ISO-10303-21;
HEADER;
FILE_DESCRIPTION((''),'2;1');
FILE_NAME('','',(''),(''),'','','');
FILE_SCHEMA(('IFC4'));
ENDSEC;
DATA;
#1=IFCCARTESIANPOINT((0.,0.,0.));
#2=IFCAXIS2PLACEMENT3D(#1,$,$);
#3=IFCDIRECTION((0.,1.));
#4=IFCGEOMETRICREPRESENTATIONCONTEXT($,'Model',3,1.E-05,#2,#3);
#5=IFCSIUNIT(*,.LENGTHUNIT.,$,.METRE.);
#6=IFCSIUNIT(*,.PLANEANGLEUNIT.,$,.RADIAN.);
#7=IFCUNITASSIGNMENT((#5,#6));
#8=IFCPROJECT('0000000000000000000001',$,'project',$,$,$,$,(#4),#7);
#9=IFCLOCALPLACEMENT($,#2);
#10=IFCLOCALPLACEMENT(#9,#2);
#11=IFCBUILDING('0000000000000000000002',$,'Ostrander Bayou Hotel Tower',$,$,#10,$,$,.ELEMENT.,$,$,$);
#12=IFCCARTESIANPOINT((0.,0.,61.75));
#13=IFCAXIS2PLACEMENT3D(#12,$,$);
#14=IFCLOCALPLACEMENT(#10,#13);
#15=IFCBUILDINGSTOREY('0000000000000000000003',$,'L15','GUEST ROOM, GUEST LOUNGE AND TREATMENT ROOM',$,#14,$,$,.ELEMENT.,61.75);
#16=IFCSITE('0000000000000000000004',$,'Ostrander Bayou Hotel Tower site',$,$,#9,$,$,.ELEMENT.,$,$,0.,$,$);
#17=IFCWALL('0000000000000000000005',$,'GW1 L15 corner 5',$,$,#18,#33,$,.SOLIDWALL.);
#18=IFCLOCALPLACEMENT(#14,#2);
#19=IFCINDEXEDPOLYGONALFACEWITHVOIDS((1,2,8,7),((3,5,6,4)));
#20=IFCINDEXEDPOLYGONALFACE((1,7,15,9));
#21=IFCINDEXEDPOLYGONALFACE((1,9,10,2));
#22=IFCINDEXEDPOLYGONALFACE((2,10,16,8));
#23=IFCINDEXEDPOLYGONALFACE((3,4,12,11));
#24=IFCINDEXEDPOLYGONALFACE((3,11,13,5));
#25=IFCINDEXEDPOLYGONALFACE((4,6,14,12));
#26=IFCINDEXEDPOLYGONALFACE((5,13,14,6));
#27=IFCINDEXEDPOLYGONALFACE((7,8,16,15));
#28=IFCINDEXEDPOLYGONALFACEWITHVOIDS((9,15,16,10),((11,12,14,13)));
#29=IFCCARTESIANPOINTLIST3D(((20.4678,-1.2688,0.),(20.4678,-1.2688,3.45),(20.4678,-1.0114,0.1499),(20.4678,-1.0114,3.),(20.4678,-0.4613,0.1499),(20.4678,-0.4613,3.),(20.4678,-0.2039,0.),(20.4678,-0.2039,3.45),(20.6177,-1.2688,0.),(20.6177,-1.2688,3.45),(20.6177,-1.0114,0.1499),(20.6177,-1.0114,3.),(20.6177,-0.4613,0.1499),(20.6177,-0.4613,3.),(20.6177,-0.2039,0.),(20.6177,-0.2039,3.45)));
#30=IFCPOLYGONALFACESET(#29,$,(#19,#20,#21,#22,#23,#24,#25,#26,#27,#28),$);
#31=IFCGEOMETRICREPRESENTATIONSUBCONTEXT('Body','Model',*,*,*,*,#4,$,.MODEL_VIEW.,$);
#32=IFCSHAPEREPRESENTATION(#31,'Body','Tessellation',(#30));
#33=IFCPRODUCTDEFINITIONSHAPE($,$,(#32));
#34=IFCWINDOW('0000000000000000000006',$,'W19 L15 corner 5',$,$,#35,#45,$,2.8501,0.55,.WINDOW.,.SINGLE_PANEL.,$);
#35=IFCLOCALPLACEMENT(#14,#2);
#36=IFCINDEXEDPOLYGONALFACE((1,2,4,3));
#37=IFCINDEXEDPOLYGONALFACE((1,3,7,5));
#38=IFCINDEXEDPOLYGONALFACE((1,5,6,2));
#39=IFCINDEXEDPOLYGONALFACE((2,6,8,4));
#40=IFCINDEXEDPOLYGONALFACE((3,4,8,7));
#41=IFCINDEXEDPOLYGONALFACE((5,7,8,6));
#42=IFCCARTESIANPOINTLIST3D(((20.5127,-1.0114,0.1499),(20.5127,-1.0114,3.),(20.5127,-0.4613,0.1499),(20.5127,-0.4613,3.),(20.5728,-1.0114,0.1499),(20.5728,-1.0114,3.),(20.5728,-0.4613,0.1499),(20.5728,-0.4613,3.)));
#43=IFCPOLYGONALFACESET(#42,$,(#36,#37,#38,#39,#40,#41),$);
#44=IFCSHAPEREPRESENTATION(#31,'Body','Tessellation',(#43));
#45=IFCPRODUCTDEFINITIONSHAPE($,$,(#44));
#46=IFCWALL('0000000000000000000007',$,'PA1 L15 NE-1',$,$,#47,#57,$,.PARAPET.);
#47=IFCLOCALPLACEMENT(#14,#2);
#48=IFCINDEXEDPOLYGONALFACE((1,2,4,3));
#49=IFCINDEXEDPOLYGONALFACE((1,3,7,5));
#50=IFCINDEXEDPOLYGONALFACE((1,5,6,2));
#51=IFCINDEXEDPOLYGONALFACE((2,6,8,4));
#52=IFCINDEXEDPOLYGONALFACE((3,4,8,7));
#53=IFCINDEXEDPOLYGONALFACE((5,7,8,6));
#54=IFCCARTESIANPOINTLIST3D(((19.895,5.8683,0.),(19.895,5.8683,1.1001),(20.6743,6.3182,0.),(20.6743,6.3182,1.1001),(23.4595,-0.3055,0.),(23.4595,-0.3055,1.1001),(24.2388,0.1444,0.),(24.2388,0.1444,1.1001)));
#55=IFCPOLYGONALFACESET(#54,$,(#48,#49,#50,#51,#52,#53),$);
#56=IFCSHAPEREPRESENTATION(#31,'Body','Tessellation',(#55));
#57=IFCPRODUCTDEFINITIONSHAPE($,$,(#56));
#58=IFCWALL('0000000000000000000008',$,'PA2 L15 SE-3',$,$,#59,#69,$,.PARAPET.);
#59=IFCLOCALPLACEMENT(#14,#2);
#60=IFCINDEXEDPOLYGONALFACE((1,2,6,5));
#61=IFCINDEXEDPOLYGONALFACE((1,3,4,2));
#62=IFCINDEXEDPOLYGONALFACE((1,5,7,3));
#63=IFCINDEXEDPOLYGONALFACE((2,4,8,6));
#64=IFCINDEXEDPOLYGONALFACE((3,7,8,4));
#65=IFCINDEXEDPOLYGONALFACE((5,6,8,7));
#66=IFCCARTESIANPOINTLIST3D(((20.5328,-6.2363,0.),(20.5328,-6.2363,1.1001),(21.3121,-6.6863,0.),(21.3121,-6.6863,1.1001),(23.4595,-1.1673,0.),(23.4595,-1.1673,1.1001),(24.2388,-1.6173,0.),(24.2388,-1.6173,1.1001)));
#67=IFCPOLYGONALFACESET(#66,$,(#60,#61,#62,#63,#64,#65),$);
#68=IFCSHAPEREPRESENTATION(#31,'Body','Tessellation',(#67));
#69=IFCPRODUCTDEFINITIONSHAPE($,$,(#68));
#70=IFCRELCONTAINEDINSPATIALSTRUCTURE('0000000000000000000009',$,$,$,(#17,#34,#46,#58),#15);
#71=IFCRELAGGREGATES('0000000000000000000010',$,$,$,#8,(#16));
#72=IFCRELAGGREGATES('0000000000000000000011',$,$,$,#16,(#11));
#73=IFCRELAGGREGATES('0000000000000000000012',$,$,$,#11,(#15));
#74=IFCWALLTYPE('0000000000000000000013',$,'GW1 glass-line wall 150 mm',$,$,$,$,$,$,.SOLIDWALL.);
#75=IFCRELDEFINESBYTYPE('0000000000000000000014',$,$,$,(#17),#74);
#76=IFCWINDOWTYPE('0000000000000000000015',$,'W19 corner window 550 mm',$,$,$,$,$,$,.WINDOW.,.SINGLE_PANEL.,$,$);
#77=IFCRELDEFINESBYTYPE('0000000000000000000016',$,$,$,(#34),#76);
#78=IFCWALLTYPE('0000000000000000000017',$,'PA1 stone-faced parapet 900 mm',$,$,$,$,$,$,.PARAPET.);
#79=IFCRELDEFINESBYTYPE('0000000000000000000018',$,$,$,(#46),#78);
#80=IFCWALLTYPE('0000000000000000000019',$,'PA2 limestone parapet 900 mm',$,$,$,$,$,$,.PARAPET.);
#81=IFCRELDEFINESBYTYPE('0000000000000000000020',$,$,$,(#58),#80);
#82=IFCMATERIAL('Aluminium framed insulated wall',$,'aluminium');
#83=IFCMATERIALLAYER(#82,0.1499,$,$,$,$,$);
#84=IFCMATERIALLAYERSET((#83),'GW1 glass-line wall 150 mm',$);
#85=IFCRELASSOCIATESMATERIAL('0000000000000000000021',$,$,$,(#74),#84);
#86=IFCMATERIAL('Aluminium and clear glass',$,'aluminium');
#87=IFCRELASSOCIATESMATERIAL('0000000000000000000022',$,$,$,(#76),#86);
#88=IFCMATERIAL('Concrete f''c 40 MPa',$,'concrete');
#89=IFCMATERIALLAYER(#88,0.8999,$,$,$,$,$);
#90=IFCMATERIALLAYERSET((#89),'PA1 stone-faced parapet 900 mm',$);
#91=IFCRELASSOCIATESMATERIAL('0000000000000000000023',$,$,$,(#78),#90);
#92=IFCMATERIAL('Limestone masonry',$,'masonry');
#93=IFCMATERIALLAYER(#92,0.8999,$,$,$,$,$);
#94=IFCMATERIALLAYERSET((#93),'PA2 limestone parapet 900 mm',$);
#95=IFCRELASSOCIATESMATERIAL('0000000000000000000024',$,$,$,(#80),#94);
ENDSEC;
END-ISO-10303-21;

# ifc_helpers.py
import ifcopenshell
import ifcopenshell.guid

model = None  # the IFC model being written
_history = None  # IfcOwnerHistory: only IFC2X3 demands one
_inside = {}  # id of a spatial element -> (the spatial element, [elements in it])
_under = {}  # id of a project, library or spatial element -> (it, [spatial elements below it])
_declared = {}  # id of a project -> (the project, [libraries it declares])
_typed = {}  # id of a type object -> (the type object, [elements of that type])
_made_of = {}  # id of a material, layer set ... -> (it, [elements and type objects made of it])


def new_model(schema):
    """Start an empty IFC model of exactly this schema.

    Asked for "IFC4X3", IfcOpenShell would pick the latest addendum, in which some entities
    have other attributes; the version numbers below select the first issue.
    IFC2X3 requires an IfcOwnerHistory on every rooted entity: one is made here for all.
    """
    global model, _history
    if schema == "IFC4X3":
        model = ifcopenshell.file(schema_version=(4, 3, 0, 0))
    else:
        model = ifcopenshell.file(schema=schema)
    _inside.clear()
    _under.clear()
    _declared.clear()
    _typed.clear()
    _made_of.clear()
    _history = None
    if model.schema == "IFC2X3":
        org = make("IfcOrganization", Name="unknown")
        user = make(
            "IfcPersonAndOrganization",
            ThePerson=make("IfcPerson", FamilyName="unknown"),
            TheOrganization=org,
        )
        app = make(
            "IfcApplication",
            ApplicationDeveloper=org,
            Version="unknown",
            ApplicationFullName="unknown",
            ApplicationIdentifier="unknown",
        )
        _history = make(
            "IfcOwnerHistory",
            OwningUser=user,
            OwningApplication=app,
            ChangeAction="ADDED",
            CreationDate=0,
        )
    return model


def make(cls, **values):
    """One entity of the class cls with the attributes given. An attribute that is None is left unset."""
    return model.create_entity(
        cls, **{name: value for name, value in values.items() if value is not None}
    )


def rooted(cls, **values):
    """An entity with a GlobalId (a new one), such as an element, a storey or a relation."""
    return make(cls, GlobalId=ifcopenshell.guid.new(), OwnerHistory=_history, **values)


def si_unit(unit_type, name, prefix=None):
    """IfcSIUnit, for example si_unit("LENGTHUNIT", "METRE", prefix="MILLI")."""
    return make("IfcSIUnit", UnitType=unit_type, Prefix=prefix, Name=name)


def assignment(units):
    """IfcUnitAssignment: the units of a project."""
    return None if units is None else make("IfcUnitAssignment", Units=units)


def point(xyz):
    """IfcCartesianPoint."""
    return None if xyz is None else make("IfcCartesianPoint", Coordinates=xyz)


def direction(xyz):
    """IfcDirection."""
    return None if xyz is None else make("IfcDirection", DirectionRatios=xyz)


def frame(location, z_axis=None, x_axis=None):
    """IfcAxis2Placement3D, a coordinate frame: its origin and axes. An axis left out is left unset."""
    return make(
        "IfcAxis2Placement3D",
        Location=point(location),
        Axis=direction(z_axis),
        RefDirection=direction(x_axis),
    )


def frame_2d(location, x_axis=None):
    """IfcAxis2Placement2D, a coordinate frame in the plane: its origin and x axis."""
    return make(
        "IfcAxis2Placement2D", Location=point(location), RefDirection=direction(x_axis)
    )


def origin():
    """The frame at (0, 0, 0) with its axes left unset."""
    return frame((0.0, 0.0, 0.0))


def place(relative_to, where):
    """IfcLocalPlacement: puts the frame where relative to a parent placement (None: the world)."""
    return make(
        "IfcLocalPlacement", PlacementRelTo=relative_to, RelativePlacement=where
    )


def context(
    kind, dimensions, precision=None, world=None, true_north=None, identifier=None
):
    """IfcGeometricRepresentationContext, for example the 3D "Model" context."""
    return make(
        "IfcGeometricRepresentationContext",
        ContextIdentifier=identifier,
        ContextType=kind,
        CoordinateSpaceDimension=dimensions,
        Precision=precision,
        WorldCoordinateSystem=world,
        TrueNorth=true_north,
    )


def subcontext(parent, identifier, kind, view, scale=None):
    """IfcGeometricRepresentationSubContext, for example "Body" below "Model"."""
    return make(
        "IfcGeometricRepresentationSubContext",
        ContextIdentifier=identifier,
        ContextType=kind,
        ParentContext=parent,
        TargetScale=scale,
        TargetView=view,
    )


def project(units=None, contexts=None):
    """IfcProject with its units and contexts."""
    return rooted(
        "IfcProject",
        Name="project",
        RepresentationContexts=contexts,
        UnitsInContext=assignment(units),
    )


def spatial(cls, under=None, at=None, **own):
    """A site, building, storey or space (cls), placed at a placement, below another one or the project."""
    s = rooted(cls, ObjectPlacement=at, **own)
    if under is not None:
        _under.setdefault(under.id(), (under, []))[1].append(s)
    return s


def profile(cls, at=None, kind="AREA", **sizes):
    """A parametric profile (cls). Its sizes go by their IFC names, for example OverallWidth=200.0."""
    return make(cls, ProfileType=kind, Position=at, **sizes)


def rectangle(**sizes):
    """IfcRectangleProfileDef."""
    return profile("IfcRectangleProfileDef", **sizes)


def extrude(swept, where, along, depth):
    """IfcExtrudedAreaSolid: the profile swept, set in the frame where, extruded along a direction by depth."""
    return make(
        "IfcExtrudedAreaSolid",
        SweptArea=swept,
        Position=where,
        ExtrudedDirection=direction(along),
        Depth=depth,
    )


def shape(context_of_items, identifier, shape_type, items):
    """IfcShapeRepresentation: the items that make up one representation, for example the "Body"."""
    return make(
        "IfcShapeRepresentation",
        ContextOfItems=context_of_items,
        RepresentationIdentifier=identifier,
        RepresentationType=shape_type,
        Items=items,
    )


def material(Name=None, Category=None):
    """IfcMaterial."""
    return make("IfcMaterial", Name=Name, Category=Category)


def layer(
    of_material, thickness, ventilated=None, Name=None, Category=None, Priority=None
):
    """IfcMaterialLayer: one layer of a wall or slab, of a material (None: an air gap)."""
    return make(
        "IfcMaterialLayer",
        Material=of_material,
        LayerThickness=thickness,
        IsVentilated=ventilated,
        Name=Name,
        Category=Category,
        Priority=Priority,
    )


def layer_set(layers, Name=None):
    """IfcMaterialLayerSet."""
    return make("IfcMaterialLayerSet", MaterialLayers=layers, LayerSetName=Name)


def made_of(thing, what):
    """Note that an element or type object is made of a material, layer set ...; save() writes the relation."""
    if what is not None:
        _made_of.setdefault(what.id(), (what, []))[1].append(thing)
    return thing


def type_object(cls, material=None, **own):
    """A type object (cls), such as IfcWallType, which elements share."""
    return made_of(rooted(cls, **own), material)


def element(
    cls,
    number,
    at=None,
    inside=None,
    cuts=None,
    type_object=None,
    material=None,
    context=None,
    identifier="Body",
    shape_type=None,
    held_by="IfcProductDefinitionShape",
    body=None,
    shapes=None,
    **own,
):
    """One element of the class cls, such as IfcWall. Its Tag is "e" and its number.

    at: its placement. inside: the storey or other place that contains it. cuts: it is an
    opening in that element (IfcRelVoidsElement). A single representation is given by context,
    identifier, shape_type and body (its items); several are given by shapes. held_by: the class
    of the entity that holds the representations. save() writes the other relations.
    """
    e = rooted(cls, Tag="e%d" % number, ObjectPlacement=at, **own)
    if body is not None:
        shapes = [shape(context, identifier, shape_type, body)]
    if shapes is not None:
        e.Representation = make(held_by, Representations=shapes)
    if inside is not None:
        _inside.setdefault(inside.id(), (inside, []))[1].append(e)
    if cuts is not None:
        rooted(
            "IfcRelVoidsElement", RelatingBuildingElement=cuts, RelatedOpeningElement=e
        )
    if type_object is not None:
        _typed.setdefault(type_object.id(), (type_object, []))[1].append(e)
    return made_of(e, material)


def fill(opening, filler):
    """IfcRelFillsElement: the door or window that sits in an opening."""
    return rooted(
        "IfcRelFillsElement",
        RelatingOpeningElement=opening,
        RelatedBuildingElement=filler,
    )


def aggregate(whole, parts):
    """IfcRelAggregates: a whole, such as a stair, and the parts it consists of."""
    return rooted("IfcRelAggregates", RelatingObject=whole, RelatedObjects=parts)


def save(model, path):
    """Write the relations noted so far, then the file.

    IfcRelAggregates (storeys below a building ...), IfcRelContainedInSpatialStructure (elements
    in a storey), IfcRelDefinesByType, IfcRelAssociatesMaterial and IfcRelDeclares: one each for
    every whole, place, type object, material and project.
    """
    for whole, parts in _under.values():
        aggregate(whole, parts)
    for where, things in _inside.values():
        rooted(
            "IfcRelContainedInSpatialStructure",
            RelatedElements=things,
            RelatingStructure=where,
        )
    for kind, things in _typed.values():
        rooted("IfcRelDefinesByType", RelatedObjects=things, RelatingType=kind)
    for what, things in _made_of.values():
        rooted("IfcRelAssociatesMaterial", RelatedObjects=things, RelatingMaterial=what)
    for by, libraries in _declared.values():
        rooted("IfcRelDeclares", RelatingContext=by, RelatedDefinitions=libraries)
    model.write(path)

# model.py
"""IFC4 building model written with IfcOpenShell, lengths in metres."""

from ifc_helpers import new_model, si_unit, direction, frame, frame_2d, origin, place, context, subcontext, project, spatial, rectangle, extrude, material, layer, layer_set, type_object, element, fill, save


model = new_model("IFC4")

# Units and contexts
model_context = context("Model", 3, precision=1e-05, world=origin(), true_north=direction((0.0, 1.0)))
body_context = subcontext(model_context, "Body", "Model", "MODEL_VIEW")
ifc_project = project(units=[si_unit("LENGTHUNIT", "METRE"), si_unit("PLANEANGLEUNIT", "RADIAN")], contexts=[model_context])

# Site, building, storey
site_placement = place(None, origin())
site = spatial("IfcSite", under=ifc_project, at=site_placement, Name="Ostrander Bayou Hotel Tower site", CompositionType="ELEMENT", RefElevation=0.0)
building_placement = place(site_placement, origin())
building = spatial("IfcBuilding", under=site, at=building_placement, Name="Ostrander Bayou Hotel Tower", CompositionType="ELEMENT")
storey_placement = place(building_placement, frame((0.0, 0.0, 61.75)))
storey = spatial("IfcBuildingStorey", under=building, at=storey_placement, Name="L15", Description="GUEST ROOM, GUEST LOUNGE AND TREATMENT ROOM", CompositionType="ELEMENT", Elevation=61.75)

# Shared definitions
ifc_material_1 = material(Name="Aluminium framed insulated wall", Category="aluminium")
ifc_layer_1 = layer(ifc_material_1, 0.1499)
ifc_layer_set_1 = layer_set([ifc_layer_1], Name="GW1 glass-line wall 150 mm")
wall_type_1 = type_object("IfcWallType", Name="GW1 glass-line wall 150 mm", PredefinedType="SOLIDWALL", material=ifc_layer_set_1)

# Wall, opening, window
wall_1_placement = place(storey_placement, frame((20.5427, -1.2688, 0.0), z_axis=(0.0, 0.0, 1.0), x_axis=(0.0, 1.0, 0.0)))
wall_1 = element("IfcWall", 1, at=wall_1_placement, inside=storey, type_object=wall_type_1, Name="GW1 L15 corner 5", PredefinedType="SOLIDWALL", context=body_context, shape_type="SweptSolid", body=[
    extrude(rectangle(XDim=1.0649, YDim=0.1499, at=frame_2d((0.5325, 0.0))), origin(), (0.0, 0.0, 1.0), 3.45),
])
opening_1_placement = place(wall_1_placement, frame((0.2576, 0.0, 0.1499)))
opening_1 = element("IfcOpeningElement", 2, at=opening_1_placement, cuts=wall_1, PredefinedType="OPENING", context=body_context, shape_type="SweptSolid", body=[
    extrude(rectangle(XDim=0.55, YDim=2.8501, at=frame_2d((0.2749, 1.425))), frame((0.0, 0.075, 0.0), z_axis=(0.0, -1.0, 0.0), x_axis=(1.0, 0.0, 0.0)), (0.0, 0.0, 1.0), 0.1499),
])
ifc_material_2 = material(Name="Aluminium and clear glass", Category="aluminium")
window_type_1 = type_object("IfcWindowType", Name="W19 corner window 550 mm", PartitioningType="SINGLE_PANEL", PredefinedType="WINDOW", material=ifc_material_2)
window_1_placement = place(opening_1_placement, origin())
window_1 = element("IfcWindow", 3, at=window_1_placement, inside=storey, type_object=window_type_1, Name="W19 L15 corner 5", OverallHeight=2.8501, OverallWidth=0.55, PartitioningType="SINGLE_PANEL", PredefinedType="WINDOW", context=body_context, shape_type="SweptSolid", body=[
    extrude(rectangle(XDim=0.55, YDim=2.8501, at=frame_2d((0.2749, 1.425))), frame((0.0, 0.03, 0.0), z_axis=(0.0, -1.0, 0.0), x_axis=(1.0, 0.0, 0.0)), (0.0, 0.0, 1.0), 0.0601),
])
fill(opening_1, window_1)

# Walls
ifc_material_3 = material(Name="Concrete f'c 40 MPa", Category="concrete")
ifc_layer_2 = layer(ifc_material_3, 0.8999)
ifc_layer_set_2 = layer_set([ifc_layer_2], Name="PA1 stone-faced parapet 900 mm")
wall_type_2 = type_object("IfcWallType", Name="PA1 stone-faced parapet 900 mm", PredefinedType="PARAPET", material=ifc_layer_set_2)
wall_2_placement = place(storey_placement, frame((23.8491, -0.0806, 0.0), z_axis=(0.0, 0.0, 1.0), x_axis=(-0.499999, 0.866026, 0.0)))
element("IfcWall", 4, at=wall_2_placement, inside=storey, type_object=wall_type_2, Name="PA1 L15 NE-1", PredefinedType="PARAPET", context=body_context, shape_type="SweptSolid", body=[
    extrude(rectangle(XDim=7.1289, YDim=0.8999, at=frame_2d((3.5645, 0.0))), origin(), (0.0, 0.0, 1.0), 1.1001),
])
ifc_material_4 = material(Name="Limestone masonry", Category="masonry")
ifc_layer_3 = layer(ifc_material_4, 0.8999)
ifc_layer_set_3 = layer_set([ifc_layer_3], Name="PA2 limestone parapet 900 mm")
wall_type_3 = type_object("IfcWallType", Name="PA2 limestone parapet 900 mm", PredefinedType="PARAPET", material=ifc_layer_set_3)
wall_3_placement = place(storey_placement, frame((20.9224, -6.4614, 0.0), z_axis=(0.0, 0.0, 1.0), x_axis=(0.500015, 0.866017, 0.0)))
element("IfcWall", 5, at=wall_3_placement, inside=storey, type_object=wall_type_3, Name="PA2 L15 SE-3", PredefinedType="PARAPET", context=body_context, shape_type="SweptSolid", body=[
    extrude(rectangle(XDim=5.8533, YDim=0.8999, at=frame_2d((2.9268, 0.0))), origin(), (0.0, 0.0, 1.0), 1.1001),
])

save(model, "model.ifc")
